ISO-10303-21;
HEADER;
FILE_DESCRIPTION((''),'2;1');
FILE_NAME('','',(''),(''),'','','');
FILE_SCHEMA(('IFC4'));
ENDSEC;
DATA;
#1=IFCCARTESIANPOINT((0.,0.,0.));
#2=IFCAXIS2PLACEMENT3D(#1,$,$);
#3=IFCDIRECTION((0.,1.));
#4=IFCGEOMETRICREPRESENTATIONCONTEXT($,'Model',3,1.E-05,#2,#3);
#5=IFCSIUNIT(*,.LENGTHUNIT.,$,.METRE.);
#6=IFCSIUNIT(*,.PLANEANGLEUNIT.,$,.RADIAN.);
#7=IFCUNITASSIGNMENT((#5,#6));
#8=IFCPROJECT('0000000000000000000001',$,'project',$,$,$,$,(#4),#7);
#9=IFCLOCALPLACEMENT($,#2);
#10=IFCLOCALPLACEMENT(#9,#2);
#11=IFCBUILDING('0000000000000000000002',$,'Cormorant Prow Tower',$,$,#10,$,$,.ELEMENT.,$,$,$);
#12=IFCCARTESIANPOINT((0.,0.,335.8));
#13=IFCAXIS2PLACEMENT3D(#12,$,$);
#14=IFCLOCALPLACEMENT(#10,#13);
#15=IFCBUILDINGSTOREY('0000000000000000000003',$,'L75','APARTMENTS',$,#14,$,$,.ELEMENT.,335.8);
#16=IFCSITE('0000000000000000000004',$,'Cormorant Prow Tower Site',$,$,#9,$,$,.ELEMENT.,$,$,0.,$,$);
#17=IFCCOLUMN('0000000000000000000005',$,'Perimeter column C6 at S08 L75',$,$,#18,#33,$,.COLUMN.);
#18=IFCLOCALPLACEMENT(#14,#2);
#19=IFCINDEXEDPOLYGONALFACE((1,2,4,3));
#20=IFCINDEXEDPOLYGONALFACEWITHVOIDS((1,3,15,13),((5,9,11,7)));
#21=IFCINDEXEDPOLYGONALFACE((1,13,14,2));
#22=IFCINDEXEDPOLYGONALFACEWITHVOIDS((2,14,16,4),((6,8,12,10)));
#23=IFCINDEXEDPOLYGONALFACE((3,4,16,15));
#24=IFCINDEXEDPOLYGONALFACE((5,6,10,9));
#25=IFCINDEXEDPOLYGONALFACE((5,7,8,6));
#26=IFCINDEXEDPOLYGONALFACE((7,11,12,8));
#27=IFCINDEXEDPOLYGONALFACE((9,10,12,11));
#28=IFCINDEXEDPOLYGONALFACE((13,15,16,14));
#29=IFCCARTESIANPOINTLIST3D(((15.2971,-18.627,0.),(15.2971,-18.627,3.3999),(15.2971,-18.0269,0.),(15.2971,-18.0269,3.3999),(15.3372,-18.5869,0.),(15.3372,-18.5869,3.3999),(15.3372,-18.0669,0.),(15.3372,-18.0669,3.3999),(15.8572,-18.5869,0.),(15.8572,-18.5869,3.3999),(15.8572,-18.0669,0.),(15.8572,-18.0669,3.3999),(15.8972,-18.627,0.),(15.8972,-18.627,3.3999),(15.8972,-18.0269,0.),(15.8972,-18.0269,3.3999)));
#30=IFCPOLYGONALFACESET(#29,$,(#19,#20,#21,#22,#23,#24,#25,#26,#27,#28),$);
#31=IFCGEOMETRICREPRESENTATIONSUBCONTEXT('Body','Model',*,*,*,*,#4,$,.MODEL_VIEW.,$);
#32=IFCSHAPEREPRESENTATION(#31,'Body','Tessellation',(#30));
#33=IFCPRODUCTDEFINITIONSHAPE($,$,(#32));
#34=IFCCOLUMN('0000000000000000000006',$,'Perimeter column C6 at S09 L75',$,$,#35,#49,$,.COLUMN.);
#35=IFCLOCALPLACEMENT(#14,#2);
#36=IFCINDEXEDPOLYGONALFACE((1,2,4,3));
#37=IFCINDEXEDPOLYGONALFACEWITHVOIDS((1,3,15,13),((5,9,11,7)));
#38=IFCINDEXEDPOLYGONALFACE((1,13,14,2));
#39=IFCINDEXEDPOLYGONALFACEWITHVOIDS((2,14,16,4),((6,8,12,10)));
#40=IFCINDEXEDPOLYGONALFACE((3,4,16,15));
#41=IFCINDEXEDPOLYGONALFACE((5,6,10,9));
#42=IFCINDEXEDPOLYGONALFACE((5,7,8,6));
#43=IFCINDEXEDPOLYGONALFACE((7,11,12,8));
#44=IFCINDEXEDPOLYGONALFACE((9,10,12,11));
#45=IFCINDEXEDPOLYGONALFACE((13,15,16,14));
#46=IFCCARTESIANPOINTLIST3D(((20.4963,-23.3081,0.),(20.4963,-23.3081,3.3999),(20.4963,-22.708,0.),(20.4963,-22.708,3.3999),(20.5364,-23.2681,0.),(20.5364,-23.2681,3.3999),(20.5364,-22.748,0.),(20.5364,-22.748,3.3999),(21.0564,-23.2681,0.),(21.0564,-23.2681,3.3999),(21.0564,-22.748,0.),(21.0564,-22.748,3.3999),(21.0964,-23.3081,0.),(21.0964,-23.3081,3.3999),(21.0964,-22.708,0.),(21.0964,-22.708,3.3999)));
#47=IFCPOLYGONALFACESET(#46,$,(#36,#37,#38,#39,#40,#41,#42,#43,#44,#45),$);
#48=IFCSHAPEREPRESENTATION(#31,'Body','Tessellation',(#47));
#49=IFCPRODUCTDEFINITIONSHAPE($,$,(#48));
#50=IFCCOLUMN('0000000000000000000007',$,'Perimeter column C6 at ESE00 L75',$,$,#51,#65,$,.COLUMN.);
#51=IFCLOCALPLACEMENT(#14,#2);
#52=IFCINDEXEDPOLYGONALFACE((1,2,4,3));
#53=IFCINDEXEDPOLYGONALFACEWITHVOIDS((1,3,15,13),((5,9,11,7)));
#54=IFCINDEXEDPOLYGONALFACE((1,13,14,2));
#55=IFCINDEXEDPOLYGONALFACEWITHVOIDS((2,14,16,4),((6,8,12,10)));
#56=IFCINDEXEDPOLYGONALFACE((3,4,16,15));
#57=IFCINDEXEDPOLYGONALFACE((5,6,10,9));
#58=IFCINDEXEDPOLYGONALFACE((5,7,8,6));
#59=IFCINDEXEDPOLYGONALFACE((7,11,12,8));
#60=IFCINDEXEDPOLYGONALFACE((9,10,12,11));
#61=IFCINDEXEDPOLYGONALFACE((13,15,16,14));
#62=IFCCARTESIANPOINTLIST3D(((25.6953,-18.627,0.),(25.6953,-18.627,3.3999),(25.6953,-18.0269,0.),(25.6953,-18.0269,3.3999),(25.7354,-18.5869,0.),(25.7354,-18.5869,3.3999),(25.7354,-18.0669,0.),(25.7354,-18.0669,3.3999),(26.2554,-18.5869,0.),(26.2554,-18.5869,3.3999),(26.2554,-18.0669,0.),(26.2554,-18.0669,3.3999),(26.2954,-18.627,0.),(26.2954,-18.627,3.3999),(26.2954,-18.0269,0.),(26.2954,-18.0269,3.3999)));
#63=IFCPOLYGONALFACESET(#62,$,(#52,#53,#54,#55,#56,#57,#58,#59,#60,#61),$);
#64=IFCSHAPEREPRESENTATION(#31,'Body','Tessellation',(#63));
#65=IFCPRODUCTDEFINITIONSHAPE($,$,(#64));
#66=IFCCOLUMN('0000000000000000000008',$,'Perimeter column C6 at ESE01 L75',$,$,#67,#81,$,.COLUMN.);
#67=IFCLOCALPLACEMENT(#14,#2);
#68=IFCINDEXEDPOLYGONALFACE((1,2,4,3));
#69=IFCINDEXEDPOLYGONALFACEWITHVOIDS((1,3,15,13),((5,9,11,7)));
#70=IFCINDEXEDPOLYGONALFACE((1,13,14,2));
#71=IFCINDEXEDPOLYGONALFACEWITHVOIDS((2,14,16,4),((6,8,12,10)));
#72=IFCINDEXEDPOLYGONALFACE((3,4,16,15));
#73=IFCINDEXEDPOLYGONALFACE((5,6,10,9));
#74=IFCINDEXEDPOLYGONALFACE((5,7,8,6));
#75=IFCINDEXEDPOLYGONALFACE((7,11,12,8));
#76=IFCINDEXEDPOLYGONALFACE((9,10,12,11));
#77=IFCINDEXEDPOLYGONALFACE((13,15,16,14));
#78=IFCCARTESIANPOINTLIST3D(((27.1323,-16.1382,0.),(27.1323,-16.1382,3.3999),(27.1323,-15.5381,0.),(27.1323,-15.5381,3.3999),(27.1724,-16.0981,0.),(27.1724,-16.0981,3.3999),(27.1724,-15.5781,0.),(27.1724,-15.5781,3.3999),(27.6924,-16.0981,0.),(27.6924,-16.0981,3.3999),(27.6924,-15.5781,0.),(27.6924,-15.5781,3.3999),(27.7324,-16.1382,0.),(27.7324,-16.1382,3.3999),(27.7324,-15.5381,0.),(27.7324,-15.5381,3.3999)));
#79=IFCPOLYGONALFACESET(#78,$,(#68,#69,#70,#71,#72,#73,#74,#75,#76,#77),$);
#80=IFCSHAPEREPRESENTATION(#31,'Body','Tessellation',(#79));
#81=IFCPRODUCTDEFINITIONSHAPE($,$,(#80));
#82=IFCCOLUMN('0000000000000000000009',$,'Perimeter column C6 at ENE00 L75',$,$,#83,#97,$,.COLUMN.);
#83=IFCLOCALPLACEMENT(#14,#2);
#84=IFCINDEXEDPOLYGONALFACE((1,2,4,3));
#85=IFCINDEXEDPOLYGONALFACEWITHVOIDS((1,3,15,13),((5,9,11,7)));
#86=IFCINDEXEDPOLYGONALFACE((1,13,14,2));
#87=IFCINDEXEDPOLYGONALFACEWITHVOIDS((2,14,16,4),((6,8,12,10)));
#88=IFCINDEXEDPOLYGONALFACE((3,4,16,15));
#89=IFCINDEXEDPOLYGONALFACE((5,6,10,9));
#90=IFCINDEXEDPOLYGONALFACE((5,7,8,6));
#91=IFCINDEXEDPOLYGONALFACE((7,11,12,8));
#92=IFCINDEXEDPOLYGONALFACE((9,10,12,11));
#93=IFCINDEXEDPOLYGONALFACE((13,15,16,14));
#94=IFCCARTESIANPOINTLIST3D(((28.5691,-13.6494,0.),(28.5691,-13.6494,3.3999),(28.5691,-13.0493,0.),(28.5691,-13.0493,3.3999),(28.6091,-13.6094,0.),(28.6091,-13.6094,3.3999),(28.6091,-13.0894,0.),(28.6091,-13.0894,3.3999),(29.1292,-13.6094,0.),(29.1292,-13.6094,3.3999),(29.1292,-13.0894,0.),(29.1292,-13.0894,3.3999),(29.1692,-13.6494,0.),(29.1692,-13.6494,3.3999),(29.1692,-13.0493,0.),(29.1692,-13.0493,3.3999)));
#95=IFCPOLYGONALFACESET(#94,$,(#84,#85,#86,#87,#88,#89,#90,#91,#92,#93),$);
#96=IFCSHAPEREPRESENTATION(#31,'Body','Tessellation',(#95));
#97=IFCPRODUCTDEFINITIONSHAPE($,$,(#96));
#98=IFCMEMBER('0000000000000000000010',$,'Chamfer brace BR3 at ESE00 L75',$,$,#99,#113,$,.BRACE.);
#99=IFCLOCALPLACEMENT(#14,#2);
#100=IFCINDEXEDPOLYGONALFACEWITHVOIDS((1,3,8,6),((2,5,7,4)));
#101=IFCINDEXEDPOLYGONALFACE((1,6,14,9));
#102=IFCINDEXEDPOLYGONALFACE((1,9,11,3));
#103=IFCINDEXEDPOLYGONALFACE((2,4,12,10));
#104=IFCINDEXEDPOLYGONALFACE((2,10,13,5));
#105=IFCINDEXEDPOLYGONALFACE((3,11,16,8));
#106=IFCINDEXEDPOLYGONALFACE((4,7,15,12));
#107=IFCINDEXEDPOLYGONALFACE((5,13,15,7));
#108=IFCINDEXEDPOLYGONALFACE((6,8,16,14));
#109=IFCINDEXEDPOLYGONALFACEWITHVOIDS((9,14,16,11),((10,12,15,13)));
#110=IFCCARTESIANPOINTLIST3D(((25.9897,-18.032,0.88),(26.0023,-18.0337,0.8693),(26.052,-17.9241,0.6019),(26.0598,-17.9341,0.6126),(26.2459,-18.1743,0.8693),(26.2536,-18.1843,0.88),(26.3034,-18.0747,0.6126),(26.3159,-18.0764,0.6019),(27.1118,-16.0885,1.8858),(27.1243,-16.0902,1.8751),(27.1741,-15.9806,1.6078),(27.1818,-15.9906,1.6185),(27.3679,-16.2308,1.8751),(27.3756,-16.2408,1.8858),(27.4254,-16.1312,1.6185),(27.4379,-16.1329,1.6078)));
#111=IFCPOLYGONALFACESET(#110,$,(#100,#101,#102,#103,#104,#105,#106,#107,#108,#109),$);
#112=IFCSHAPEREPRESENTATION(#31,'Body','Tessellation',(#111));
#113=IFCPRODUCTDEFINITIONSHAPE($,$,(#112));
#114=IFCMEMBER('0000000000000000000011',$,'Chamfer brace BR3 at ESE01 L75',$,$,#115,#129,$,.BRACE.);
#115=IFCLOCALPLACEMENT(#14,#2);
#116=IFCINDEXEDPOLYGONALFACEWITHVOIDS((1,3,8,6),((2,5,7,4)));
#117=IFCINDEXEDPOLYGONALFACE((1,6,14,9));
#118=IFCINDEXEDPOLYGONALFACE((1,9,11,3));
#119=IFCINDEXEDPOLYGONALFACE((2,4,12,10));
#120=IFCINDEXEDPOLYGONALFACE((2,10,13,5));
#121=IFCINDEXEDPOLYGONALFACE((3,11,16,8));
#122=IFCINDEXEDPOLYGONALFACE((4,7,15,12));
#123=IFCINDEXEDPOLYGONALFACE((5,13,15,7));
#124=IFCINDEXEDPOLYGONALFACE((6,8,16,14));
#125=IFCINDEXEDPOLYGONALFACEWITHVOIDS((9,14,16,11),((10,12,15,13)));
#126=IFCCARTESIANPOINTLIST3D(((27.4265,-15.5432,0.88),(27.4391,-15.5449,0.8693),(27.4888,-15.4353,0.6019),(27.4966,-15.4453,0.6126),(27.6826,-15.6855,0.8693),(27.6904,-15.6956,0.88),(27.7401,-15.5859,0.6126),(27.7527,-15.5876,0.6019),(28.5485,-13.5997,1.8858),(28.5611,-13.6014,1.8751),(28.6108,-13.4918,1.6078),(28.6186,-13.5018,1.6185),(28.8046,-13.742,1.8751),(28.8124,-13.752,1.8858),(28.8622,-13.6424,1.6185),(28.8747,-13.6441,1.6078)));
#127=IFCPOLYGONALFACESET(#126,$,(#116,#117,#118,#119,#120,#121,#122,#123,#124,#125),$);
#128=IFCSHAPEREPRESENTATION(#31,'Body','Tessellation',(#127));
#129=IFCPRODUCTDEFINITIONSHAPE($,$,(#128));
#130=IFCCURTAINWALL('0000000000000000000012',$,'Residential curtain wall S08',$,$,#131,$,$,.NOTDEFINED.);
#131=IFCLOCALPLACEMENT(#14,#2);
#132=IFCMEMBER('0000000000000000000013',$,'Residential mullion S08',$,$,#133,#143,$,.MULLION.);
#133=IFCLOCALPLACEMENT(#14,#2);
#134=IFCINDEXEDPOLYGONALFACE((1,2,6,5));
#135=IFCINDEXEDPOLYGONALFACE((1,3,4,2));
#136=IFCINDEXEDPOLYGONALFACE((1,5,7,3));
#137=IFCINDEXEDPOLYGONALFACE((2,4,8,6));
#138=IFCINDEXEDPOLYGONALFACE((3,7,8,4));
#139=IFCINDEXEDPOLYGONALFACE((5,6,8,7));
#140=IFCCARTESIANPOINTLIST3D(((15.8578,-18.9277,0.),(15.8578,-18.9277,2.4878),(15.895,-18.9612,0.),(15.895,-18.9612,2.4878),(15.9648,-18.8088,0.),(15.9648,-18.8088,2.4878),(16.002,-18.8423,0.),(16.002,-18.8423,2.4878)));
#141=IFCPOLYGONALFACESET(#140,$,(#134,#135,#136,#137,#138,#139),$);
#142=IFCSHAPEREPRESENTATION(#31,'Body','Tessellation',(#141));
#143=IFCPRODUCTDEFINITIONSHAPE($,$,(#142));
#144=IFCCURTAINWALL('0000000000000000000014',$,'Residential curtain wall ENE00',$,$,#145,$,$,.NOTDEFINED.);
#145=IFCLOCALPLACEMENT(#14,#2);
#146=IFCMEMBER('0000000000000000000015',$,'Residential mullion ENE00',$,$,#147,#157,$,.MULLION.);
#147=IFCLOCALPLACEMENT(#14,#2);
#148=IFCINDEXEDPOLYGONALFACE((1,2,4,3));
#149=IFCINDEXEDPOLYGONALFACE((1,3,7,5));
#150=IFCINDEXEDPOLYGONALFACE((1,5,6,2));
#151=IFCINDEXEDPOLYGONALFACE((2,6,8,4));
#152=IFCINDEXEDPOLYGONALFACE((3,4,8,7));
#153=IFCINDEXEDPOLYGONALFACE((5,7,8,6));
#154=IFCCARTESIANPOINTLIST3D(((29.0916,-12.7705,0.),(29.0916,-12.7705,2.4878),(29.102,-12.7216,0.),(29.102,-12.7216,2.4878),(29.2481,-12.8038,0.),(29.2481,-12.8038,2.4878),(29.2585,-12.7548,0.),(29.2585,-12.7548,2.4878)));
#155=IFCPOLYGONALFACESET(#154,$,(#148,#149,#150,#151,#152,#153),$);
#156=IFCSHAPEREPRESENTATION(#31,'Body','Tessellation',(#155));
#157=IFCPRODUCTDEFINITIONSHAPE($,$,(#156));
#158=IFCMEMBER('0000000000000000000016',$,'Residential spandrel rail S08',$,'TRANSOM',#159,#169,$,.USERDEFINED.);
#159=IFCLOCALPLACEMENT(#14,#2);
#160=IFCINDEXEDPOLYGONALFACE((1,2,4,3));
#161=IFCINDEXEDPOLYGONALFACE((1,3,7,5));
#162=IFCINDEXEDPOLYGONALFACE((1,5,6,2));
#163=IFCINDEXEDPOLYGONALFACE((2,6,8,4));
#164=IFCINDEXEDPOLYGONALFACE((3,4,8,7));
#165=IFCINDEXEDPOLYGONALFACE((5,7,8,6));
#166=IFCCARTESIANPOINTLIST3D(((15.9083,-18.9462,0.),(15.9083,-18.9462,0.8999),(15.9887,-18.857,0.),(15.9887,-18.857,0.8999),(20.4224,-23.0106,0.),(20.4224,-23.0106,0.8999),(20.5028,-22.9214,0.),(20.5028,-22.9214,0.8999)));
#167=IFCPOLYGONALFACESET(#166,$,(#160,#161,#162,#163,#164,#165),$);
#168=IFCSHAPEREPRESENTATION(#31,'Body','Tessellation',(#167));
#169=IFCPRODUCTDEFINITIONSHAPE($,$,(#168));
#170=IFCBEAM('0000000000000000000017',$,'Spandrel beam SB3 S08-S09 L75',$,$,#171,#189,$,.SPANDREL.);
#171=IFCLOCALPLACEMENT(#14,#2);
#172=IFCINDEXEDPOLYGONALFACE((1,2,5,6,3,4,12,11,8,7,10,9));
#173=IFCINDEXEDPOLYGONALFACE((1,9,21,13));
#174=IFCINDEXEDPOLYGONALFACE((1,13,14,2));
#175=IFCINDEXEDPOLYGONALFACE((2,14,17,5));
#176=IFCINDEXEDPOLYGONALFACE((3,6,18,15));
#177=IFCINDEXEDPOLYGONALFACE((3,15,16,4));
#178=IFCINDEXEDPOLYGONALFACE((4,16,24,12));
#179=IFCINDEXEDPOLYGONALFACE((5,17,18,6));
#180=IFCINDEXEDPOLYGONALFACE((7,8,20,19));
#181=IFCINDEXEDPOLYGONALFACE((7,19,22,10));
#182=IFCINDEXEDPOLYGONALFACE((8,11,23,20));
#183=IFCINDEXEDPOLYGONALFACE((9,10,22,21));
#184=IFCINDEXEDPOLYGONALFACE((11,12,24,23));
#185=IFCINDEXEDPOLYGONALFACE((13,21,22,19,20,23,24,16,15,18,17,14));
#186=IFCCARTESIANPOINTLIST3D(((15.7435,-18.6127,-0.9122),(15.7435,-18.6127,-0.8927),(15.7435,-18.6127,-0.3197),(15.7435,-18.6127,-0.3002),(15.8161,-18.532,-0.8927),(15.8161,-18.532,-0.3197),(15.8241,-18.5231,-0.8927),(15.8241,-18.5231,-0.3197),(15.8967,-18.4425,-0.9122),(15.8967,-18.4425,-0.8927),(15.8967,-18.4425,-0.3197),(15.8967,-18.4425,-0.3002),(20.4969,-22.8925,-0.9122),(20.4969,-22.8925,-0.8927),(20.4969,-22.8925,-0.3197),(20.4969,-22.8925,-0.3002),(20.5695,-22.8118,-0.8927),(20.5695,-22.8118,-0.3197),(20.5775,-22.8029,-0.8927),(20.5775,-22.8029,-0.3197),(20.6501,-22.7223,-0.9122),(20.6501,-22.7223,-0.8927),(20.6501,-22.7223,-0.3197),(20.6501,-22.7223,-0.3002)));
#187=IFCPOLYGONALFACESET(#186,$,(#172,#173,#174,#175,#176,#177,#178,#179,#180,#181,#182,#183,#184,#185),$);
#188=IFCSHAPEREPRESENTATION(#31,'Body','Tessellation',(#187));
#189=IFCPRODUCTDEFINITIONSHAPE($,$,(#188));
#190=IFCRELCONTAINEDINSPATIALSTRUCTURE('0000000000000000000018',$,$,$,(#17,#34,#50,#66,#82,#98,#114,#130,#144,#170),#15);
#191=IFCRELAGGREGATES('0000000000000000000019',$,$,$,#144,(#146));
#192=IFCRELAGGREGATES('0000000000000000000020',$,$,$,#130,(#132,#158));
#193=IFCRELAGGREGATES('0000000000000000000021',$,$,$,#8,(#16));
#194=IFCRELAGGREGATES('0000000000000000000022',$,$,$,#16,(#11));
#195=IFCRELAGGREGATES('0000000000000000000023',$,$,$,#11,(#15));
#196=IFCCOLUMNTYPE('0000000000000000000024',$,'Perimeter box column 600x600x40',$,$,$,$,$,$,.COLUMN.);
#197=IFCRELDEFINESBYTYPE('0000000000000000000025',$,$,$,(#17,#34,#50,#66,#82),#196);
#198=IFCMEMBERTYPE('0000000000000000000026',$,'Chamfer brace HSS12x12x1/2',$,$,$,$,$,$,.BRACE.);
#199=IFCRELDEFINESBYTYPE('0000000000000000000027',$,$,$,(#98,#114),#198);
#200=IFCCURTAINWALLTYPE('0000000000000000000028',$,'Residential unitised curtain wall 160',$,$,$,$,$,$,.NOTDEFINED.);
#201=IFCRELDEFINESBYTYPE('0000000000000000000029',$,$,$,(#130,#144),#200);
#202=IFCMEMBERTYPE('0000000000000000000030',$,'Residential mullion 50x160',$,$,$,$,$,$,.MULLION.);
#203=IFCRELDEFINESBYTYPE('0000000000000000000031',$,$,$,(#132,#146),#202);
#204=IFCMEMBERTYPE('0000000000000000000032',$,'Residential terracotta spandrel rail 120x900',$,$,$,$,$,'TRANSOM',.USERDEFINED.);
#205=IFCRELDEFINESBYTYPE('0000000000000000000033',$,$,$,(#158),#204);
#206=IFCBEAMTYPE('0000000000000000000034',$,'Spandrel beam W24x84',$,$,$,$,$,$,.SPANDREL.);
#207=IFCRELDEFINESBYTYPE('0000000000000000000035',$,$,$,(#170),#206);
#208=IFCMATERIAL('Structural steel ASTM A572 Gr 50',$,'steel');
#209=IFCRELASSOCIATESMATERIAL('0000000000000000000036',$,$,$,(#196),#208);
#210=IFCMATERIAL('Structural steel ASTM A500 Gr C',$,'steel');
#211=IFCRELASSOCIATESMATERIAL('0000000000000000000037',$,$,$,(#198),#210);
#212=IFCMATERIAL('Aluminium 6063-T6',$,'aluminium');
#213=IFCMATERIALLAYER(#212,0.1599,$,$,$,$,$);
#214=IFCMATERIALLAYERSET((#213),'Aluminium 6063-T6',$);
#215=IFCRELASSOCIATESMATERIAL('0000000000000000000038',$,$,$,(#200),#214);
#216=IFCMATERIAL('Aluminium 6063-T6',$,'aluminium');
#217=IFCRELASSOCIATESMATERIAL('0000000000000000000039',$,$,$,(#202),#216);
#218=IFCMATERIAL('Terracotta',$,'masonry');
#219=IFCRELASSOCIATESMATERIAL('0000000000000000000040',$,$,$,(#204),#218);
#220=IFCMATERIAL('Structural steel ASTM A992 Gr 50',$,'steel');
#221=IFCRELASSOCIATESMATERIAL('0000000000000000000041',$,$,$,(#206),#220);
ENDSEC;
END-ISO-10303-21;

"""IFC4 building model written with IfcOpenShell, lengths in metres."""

from ifc_helpers import new_model, si_unit, direction, frame, origin, origin_2d, place, context, subcontext, project, spatial, rectangle, hollow_rectangle, i_section, extrude, material, layer, layer_set, material_profile, profile_set, type_object, element, aggregate, save


model = new_model("IFC4")

# Units and contexts
model_context = context("Model", 3, precision=1e-05, world=origin(), true_north=direction((0.0, 1.0)))
body_context = subcontext(model_context, "Body", "Model", "MODEL_VIEW")
ifc_project = project(units=[si_unit("LENGTHUNIT", "METRE"), si_unit("PLANEANGLEUNIT", "RADIAN")], contexts=[model_context])

# Site, building, storey
site_placement = place(None, origin())
site = spatial("IfcSite", under=ifc_project, at=site_placement, Name="Cormorant Prow Tower Site", CompositionType="ELEMENT", RefElevation=0.0)
building_placement = place(site_placement, origin())
building = spatial("IfcBuilding", under=site, at=building_placement, Name="Cormorant Prow Tower", CompositionType="ELEMENT")
storey_placement = place(building_placement, frame((0.0, 0.0, 335.8)))
storey = spatial("IfcBuildingStorey", under=building, at=storey_placement, Name="L75", Description="APARTMENTS", CompositionType="ELEMENT", Elevation=335.8)

# Columns
ifc_material_1 = material(Name="Structural steel ASTM A572 Gr 50", Category="steel")
ifc_material_profile_1 = material_profile(ifc_material_1, hollow_rectangle(XDim=0.6001, YDim=0.6001, WallThickness=0.04, at=origin_2d()), Name="Box 600x600x40")
ifc_profile_set_1 = profile_set([ifc_material_profile_1], Name="Structural steel ASTM A572 Gr 50")
column_type = type_object("IfcColumnType", Name="Perimeter box column 600x600x40", PredefinedType="COLUMN", material=ifc_profile_set_1)
for number, where, z_axis, x_axis, name in (
    (1, (15.5972, -18.3269, 0.0), (0.0, 0.0, 1.0), (1.0, 0.0, 0.0), "Perimeter column C6 at S08 L75"),
    (2, (20.7964, -23.0081, 0.0), (0.0, 0.0, 1.0), (1.0, 0.0, 0.0), "Perimeter column C6 at S09 L75"),
    (3, (25.9954, -18.3269, 0.0), (0.0, 0.0, 1.0), (1.0, 0.0, 0.0), "Perimeter column C6 at ESE00 L75"),
    (4, (27.4324, -15.8381, 0.0), (0.0, 0.0, 1.0), (1.0, 0.0, 0.0), "Perimeter column C6 at ESE01 L75"),
    (5, (28.8691, -13.3494, 0.0), (0.0, 0.0, 1.0), (1.0, 0.0, 0.0), "Perimeter column C6 at ENE00 L75"),
):
    element("IfcColumn", number, at=place(storey_placement, frame(where, z_axis=z_axis, x_axis=x_axis)), inside=storey, type_object=column_type, Name=name, PredefinedType="COLUMN", context=body_context, shape_type="SweptSolid", body=[
        extrude(hollow_rectangle(XDim=0.6001, YDim=0.6001, WallThickness=0.04, at=origin_2d()), origin(), (0.0, 0.0, 1.0), 3.3999),
    ])

# Members
ifc_material_2 = material(Name="Structural steel ASTM A500 Gr C", Category="steel")
ifc_material_profile_2 = material_profile(ifc_material_2, hollow_rectangle(XDim=0.3047, YDim=0.3047, WallThickness=0.0117, at=origin_2d()), Name="HSS12x12x1/2")
ifc_profile_set_2 = profile_set([ifc_material_profile_2], Name="Structural steel ASTM A500 Gr C")
member_type_1 = type_object("IfcMemberType", Name="Chamfer brace HSS12x12x1/2", PredefinedType="BRACE", material=ifc_profile_set_2)
for number, where, z_axis, x_axis, name in (
    (6, (26.1528, -18.0542, 0.741), (0.456247, 0.790292, 0.408994), (-0.866039, 0.499977, 0.0), "Chamfer brace BR3 at ESE00 L75"),
    (7, (27.5896, -15.5654, 0.741), (0.456247, 0.790292, 0.408994), (-0.866039, 0.499977, 0.0), "Chamfer brace BR3 at ESE01 L75"),
):
    element("IfcMember", number, at=place(storey_placement, frame(where, z_axis=z_axis, x_axis=x_axis)), inside=storey, type_object=member_type_1, Name=name, PredefinedType="BRACE", context=body_context, shape_type="SweptSolid", body=[
        extrude(hollow_rectangle(XDim=0.3047, YDim=0.3047, WallThickness=0.0117, at=origin_2d()), origin(), (0.0, 0.0, 1.0), 2.4592),
    ])

# Curtain walls, members
ifc_material_3 = material(Name="Aluminium 6063-T6", Category="aluminium")
ifc_layer_1 = layer(ifc_material_3, 0.1599)
ifc_layer_set_1 = layer_set([ifc_layer_1], Name="Aluminium 6063-T6")
curtain_wall_type = type_object("IfcCurtainWallType", Name="Residential unitised curtain wall 160", PredefinedType="NOTDEFINED", material=ifc_layer_set_1)
curtain_wall_1_placement = place(storey_placement, origin())
curtain_wall_1 = element("IfcCurtainWall", 8, at=curtain_wall_1_placement, inside=storey, type_object=curtain_wall_type, Name="Residential curtain wall S08", PredefinedType="NOTDEFINED")
ifc_material_4 = material(Name="Aluminium 6063-T6", Category="aluminium")
ifc_material_profile_3 = material_profile(ifc_material_4, rectangle(XDim=0.1599, YDim=0.05, at=origin_2d()), Name="Residential mullion 50x160")
ifc_profile_set_3 = profile_set([ifc_material_profile_3], Name="Aluminium 6063-T6")
member_type_2 = type_object("IfcMemberType", Name="Residential mullion 50x160", PredefinedType="MULLION", material=ifc_profile_set_3)
member_1_placement = place(storey_placement, frame((15.9299, -18.885, 0.0), z_axis=(0.0, 0.0, 1.0), x_axis=(0.669131, 0.743145, 0.0)))
member_1 = element("IfcMember", 9, at=member_1_placement, type_object=member_type_2, Name="Residential mullion S08", PredefinedType="MULLION", context=body_context, shape_type="SweptSolid", body=[
    extrude(rectangle(XDim=0.1599, YDim=0.05, at=origin_2d()), origin(), (0.0, 0.0, 1.0), 2.4878),
])
curtain_wall_2_placement = place(storey_placement, origin())
curtain_wall_2 = element("IfcCurtainWall", 10, at=curtain_wall_2_placement, inside=storey, type_object=curtain_wall_type, Name="Residential curtain wall ENE00", PredefinedType="NOTDEFINED")
member_2_placement = place(storey_placement, frame((29.175, -12.7627, 0.0), z_axis=(0.0, 0.0, 1.0), x_axis=(-0.978148, 0.207912, 0.0)))
member_2 = element("IfcMember", 11, at=member_2_placement, type_object=member_type_2, Name="Residential mullion ENE00", PredefinedType="MULLION", context=body_context, shape_type="SweptSolid", body=[
    extrude(rectangle(XDim=0.1599, YDim=0.05, at=origin_2d()), origin(), (0.0, 0.0, 1.0), 2.4878),
])
aggregate(curtain_wall_2, [member_2])

# Member
ifc_material_5 = material(Name="Terracotta", Category="masonry")
ifc_material_profile_4 = material_profile(ifc_material_5, rectangle(XDim=0.1201, YDim=0.8999, at=origin_2d()), Name="Residential terracotta spandrel rail 120x900")
ifc_profile_set_4 = profile_set([ifc_material_profile_4], Name="Terracotta")
member_type_3 = type_object("IfcMemberType", Name="Residential terracotta spandrel rail 120x900", ElementType="TRANSOM", PredefinedType="USERDEFINED", material=ifc_profile_set_4)
member_3_placement = place(storey_placement, frame((15.9485, -18.9016, 0.45), z_axis=(0.743154, -0.66912, 0.0), x_axis=(0.66912, 0.743154, 0.0)))
member_3 = element("IfcMember", 12, at=member_3_placement, type_object=member_type_3, Name="Residential spandrel rail S08", ObjectType="TRANSOM", PredefinedType="USERDEFINED", context=body_context, shape_type="SweptSolid", body=[
    extrude(rectangle(XDim=0.1201, YDim=0.8999, at=origin_2d()), origin(), (0.0, 0.0, 1.0), 6.0742),
])

# Beam
ifc_material_6 = material(Name="Structural steel ASTM A992 Gr 50", Category="steel")
ifc_material_profile_5 = material_profile(ifc_material_6, i_section(OverallWidth=0.229, OverallDepth=0.6121, WebThickness=0.012, FlangeThickness=0.0195, at=origin_2d()), Name="W24x84")
ifc_profile_set_5 = profile_set([ifc_material_profile_5], Name="Structural steel ASTM A992 Gr 50")
beam_type = type_object("IfcBeamType", Name="Spandrel beam W24x84", PredefinedType="SPANDREL", material=ifc_profile_set_5)
beam_1_placement = place(storey_placement, frame((15.8201, -18.5276, -0.6062), z_axis=(0.743161, -0.669112, 0.0), x_axis=(0.669112, 0.743161, 0.0)))
element("IfcBeam", 13, at=beam_1_placement, inside=storey, type_object=beam_type, Name="Spandrel beam SB3 S08-S09 L75", PredefinedType="SPANDREL", context=body_context, shape_type="SweptSolid", body=[
    extrude(i_section(OverallWidth=0.229, OverallDepth=0.6121, WebThickness=0.012, FlangeThickness=0.0195, at=origin_2d()), origin(), (0.0, 0.0, 1.0), 6.3962),
])

aggregate(curtain_wall_1, [member_1, member_3])

save(model, "model.ifc")
